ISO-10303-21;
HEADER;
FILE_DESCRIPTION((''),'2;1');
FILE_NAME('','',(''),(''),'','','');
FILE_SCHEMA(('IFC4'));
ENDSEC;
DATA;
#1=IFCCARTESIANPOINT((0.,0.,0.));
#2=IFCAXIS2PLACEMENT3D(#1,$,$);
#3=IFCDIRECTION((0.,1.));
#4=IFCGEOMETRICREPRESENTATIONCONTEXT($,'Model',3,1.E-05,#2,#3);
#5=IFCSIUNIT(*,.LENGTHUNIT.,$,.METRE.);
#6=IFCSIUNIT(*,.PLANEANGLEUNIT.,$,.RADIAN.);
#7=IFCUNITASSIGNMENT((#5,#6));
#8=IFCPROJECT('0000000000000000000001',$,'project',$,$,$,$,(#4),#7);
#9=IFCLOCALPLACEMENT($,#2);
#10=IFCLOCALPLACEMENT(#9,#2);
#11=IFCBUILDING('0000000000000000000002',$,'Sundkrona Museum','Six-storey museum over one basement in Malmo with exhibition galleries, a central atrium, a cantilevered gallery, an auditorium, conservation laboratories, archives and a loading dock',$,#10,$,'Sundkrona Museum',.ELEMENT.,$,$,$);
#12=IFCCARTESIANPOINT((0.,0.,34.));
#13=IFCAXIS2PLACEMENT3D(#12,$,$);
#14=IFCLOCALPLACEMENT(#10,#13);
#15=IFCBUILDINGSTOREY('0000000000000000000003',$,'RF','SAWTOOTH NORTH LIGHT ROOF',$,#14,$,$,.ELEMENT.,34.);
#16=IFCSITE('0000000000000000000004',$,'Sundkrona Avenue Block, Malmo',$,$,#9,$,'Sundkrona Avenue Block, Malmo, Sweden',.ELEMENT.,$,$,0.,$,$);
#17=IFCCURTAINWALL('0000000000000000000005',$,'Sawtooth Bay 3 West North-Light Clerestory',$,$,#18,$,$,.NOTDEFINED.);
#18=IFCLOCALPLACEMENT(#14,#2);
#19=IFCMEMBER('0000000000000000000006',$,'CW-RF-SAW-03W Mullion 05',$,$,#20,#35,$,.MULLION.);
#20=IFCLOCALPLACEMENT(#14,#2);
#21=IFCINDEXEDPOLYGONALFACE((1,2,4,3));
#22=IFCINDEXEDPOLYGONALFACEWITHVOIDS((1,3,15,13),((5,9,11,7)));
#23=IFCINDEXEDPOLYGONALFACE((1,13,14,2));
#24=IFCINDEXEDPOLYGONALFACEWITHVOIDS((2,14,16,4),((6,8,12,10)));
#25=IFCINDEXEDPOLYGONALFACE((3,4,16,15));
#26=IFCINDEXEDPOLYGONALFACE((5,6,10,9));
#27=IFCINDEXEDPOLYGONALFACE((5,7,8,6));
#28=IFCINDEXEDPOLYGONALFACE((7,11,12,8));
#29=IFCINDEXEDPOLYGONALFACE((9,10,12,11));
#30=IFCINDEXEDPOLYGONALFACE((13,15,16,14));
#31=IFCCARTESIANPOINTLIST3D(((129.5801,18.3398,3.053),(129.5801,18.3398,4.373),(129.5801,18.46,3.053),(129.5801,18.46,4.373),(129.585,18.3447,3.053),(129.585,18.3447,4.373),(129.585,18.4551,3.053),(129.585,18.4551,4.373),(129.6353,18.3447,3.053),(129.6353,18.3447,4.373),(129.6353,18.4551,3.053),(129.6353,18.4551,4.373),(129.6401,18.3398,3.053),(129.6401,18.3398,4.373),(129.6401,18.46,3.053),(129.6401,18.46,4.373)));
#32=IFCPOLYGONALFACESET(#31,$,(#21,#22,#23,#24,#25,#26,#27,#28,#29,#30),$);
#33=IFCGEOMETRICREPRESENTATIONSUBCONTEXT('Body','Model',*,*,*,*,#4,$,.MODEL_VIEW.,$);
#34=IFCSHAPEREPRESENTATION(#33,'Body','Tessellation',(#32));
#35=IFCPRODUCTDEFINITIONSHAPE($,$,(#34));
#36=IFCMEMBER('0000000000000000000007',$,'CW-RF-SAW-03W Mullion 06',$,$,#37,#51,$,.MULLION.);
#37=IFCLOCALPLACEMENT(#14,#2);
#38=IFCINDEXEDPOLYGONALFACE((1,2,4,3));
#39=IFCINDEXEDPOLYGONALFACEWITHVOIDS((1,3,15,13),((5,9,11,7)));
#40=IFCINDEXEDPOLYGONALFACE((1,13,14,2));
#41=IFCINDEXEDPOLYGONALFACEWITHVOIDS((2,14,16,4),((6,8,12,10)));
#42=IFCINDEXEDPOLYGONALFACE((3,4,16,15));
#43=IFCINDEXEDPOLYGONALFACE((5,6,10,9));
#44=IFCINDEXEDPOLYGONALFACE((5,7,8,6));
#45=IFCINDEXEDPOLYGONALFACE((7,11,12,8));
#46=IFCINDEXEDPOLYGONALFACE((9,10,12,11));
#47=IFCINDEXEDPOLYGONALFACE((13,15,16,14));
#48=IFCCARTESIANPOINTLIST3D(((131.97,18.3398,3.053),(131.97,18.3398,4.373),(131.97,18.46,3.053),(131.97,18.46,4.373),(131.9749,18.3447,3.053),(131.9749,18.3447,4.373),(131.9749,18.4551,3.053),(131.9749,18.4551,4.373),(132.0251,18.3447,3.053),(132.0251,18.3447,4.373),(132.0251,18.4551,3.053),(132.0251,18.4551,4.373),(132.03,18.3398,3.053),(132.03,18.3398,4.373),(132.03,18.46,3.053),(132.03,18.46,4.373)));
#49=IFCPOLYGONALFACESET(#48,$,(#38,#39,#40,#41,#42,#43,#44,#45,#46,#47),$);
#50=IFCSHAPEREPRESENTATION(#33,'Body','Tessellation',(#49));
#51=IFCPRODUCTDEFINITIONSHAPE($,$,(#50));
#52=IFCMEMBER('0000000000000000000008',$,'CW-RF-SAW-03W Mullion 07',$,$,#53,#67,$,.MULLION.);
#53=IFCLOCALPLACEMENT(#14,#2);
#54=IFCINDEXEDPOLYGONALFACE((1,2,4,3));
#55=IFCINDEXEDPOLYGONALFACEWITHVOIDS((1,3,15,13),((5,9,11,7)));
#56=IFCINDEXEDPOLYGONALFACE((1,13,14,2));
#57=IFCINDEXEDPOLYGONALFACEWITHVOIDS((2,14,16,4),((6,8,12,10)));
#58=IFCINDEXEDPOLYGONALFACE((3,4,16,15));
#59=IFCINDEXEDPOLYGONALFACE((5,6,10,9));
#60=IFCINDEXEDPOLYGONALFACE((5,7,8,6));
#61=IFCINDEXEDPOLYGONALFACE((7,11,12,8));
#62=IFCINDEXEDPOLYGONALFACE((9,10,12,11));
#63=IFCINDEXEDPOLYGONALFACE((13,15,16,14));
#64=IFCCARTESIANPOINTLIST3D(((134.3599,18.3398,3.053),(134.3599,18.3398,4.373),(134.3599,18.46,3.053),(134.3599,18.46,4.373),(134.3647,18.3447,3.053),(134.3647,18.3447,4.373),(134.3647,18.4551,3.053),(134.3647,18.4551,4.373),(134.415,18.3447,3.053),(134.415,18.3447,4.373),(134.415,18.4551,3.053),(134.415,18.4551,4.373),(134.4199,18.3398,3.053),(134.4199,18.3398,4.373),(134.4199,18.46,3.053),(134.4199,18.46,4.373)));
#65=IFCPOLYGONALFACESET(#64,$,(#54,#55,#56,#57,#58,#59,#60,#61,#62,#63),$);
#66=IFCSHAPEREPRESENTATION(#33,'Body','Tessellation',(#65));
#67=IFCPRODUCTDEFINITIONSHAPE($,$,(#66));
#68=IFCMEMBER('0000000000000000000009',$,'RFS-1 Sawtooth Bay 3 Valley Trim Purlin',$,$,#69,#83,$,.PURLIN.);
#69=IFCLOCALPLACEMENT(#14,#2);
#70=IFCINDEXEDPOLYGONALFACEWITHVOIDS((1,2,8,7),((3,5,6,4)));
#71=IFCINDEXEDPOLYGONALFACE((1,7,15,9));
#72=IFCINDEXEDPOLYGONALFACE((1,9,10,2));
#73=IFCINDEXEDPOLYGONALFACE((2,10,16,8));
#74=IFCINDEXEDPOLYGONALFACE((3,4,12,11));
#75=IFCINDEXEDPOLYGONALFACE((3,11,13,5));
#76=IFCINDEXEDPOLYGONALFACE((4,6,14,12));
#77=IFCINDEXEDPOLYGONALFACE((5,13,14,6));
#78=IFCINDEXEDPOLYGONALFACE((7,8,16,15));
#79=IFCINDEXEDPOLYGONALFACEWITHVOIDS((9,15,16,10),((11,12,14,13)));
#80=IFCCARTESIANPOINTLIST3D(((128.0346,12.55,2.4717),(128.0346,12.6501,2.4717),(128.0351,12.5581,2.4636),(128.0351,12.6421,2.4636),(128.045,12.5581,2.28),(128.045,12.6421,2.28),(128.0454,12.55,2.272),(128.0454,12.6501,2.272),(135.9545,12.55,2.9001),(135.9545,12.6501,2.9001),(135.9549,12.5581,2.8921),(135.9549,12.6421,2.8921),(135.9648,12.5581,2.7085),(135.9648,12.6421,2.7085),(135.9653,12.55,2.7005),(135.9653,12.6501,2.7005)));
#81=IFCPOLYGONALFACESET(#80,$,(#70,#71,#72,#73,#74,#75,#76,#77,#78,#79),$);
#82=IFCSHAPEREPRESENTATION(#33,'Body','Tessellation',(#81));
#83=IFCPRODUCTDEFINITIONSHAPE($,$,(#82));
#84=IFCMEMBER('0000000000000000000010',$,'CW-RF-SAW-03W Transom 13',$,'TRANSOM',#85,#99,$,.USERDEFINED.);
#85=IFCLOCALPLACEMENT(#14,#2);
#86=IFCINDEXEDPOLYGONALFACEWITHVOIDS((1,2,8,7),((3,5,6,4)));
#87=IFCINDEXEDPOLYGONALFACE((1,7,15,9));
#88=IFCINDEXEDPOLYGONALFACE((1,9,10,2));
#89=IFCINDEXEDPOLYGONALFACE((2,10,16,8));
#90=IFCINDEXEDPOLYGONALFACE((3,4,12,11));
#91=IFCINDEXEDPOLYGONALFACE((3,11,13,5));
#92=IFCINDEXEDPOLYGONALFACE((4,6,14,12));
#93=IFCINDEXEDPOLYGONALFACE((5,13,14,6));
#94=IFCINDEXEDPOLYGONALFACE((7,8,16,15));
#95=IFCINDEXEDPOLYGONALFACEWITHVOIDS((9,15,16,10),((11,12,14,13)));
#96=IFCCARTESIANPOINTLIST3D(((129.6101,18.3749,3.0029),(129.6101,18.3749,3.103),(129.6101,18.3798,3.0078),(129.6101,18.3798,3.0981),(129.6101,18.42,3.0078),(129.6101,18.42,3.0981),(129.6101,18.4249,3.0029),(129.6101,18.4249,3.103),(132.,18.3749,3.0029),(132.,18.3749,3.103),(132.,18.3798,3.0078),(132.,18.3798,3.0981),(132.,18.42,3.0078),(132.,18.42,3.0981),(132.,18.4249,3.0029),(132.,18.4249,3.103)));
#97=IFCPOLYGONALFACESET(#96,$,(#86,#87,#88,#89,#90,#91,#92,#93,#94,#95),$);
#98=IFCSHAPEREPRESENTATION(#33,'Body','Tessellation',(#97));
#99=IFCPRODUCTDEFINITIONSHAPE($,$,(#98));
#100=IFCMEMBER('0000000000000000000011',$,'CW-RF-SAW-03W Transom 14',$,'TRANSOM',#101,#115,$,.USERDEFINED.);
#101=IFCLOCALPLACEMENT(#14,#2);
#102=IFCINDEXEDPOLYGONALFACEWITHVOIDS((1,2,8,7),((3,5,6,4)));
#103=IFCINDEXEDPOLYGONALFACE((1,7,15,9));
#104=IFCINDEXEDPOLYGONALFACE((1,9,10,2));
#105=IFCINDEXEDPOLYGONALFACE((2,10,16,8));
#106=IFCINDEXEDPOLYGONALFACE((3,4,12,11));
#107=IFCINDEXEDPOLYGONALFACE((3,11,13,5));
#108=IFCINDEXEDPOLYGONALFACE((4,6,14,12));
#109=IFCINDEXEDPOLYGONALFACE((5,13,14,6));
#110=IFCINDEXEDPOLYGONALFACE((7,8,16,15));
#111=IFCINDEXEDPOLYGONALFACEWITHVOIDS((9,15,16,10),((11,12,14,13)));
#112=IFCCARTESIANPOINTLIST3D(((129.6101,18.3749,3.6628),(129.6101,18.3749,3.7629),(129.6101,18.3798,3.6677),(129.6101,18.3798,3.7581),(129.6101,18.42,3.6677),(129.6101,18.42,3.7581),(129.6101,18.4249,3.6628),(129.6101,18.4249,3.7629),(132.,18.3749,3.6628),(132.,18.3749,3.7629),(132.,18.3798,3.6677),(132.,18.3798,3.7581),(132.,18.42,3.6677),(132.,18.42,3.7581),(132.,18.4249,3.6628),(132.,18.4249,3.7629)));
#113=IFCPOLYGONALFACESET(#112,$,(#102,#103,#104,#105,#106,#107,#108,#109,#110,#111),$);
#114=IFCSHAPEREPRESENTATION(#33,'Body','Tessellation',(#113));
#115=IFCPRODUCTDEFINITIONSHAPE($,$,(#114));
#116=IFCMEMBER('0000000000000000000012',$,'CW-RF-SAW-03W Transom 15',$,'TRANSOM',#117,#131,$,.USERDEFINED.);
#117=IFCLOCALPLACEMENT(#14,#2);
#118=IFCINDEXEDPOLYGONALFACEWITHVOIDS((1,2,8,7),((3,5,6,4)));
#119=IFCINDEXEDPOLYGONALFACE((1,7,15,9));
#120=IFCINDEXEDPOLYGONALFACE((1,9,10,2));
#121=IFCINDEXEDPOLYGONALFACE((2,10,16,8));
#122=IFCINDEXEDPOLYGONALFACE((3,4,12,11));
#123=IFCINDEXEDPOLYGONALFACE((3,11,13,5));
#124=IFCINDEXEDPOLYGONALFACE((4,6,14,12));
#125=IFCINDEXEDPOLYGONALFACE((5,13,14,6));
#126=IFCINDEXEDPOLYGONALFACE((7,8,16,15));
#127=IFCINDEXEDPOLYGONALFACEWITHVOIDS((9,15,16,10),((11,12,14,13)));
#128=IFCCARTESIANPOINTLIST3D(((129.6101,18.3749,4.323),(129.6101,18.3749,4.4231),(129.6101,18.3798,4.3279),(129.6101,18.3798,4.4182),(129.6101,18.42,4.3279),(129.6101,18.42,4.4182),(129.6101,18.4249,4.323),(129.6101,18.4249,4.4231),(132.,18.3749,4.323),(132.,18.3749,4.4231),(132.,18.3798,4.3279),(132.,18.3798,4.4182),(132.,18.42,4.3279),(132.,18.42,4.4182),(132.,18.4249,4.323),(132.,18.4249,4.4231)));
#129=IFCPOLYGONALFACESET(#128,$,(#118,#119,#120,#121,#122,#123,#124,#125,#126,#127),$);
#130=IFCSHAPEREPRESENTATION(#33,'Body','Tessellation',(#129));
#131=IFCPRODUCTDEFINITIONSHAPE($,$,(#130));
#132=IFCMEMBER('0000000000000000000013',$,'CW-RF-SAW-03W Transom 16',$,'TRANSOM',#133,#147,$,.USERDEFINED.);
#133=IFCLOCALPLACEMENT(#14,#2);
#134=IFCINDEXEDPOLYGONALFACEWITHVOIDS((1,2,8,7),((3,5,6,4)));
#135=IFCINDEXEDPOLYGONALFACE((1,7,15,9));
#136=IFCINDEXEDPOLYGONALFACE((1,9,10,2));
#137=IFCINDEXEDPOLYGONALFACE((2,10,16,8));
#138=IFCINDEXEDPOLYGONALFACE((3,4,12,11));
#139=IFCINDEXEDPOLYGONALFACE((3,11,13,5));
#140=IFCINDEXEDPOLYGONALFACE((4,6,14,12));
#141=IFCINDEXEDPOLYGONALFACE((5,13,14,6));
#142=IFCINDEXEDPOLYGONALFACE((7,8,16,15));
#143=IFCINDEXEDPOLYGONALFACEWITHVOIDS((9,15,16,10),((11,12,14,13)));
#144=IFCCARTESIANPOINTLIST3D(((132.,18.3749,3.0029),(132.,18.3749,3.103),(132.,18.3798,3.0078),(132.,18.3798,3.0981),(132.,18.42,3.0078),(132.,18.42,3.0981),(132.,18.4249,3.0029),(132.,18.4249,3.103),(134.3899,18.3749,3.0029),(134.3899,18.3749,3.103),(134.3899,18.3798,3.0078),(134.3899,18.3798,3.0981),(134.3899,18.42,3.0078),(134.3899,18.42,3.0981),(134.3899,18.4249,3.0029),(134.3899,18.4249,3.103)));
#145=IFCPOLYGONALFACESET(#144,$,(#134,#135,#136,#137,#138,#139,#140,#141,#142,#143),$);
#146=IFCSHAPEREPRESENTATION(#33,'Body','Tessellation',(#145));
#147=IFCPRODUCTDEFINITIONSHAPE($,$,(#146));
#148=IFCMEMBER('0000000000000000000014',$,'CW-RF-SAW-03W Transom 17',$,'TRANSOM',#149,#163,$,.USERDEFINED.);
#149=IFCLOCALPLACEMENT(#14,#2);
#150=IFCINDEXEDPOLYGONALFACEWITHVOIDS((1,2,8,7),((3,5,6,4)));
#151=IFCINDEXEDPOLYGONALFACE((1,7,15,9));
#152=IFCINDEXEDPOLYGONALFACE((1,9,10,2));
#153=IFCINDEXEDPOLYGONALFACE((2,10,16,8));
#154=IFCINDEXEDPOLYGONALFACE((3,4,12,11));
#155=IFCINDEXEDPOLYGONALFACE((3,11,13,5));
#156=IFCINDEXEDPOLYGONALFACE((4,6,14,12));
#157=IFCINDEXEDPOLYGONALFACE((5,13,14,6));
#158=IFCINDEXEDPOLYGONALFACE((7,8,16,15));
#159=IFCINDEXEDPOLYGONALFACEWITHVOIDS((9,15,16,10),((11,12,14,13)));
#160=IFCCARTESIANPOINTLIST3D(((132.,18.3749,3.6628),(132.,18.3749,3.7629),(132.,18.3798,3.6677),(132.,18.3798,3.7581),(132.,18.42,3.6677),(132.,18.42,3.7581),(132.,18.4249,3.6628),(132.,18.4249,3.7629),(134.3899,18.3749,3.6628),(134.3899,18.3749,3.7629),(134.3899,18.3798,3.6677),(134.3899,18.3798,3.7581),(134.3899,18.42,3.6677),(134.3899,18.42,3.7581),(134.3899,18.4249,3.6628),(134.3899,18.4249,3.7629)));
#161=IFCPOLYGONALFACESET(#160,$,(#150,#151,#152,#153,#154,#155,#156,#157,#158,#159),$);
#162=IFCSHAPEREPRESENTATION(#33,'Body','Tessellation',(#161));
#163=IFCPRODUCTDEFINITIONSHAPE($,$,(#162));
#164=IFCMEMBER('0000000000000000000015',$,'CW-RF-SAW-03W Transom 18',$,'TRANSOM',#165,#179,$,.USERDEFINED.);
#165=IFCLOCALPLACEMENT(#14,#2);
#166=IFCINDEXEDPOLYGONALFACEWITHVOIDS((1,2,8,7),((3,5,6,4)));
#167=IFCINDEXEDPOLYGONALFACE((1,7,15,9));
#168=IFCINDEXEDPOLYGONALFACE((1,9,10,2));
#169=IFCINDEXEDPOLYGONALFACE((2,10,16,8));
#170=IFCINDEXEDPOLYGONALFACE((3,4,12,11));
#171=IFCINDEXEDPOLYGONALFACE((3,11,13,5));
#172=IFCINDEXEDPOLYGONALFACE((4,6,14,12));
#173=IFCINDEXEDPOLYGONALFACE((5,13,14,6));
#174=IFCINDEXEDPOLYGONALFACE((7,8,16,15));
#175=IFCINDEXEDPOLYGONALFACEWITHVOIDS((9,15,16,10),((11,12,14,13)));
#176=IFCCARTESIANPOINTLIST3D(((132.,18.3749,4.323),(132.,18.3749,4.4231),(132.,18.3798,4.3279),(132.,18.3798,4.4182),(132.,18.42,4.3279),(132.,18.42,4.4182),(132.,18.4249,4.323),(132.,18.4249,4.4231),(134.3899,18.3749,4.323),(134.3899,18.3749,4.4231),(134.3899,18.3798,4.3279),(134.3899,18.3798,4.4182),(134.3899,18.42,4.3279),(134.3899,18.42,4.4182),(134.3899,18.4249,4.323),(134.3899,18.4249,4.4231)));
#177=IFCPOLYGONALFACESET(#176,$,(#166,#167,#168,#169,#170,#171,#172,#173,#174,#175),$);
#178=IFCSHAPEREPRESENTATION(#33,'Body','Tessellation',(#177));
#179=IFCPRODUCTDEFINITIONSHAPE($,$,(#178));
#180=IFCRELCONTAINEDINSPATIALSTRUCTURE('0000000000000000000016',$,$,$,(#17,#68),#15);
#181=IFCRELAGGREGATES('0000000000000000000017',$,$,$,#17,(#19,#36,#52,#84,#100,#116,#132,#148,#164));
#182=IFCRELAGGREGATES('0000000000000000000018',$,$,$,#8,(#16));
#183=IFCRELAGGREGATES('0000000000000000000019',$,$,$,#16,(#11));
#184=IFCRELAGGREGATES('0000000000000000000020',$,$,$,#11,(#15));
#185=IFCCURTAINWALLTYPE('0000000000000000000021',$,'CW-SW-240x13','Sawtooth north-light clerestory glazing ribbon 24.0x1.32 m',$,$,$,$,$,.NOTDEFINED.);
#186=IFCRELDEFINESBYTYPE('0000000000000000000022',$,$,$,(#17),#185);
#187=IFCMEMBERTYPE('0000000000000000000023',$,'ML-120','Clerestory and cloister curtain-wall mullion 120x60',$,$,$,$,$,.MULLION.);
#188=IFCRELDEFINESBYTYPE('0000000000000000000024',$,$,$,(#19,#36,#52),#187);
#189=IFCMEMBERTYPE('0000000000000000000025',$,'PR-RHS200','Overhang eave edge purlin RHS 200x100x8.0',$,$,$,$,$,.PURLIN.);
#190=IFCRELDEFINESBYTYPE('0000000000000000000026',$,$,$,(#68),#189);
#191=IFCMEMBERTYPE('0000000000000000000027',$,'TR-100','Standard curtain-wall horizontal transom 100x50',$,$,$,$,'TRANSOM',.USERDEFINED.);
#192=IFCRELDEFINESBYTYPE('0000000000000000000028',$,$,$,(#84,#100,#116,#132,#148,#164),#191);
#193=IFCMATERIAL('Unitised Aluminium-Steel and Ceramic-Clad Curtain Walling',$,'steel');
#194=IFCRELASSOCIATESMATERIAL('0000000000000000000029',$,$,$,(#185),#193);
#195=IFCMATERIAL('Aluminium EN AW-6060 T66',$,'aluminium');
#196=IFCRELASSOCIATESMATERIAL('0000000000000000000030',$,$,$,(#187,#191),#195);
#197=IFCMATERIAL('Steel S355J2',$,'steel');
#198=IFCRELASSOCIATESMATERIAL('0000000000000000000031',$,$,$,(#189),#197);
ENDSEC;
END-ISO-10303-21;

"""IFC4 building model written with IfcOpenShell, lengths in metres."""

from ifc_helpers import new_model, si_unit, direction, frame, origin, origin_2d, place, context, subcontext, project, spatial, hollow_rectangle, extrude, material, material_profile, profile_set, type_object, element, aggregate, save


model = new_model("IFC4")

# Units and contexts
model_context = context("Model", 3, precision=1e-05, world=origin(), true_north=direction((0.0, 1.0)))
body_context = subcontext(model_context, "Body", "Model", "MODEL_VIEW")
ifc_project = project(units=[si_unit("LENGTHUNIT", "METRE"), si_unit("PLANEANGLEUNIT", "RADIAN")], contexts=[model_context])

# Site, building, storey
site_placement = place(None, origin())
site = spatial("IfcSite", under=ifc_project, at=site_placement, Name="Sundkrona Avenue Block, Malmo", LongName="Sundkrona Avenue Block, Malmo, Sweden", CompositionType="ELEMENT", RefElevation=0.0)
building_placement = place(site_placement, origin())
building = spatial("IfcBuilding", under=site, at=building_placement, Name="Sundkrona Museum", Description="Six-storey museum over one basement in Malmo with exhibition galleries, a central atrium, a cantilevered gallery, an auditorium, conservation laboratories, archives and a loading dock", LongName="Sundkrona Museum", CompositionType="ELEMENT")
storey_placement = place(building_placement, frame((0.0, 0.0, 34.0)))
storey = spatial("IfcBuildingStorey", under=building, at=storey_placement, Name="RF", Description="SAWTOOTH NORTH LIGHT ROOF", CompositionType="ELEMENT", Elevation=34.0)

# Curtain wall, members
ifc_material_1 = material(Name="Unitised Aluminium-Steel and Ceramic-Clad Curtain Walling", Category="steel")
curtain_wall_type = type_object("IfcCurtainWallType", Name="CW-SW-240x13", Description="Sawtooth north-light clerestory glazing ribbon 24.0x1.32 m", PredefinedType="NOTDEFINED", material=ifc_material_1)
curtain_wall_placement = place(storey_placement, origin())
curtain_wall = element("IfcCurtainWall", 1, at=curtain_wall_placement, inside=storey, type_object=curtain_wall_type, Name="Sawtooth Bay 3 West North-Light Clerestory", PredefinedType="NOTDEFINED")
ifc_material_2 = material(Name="Aluminium EN AW-6060 T66", Category="aluminium")
ifc_material_profile_1 = material_profile(ifc_material_2, hollow_rectangle(XDim=0.0601, YDim=0.1201, WallThickness=0.0049, at=origin_2d()), Name="RHS 120x60x5.0")
ifc_profile_set_1 = profile_set([ifc_material_profile_1], Name="Aluminium EN AW-6060 T66")
member_type_1 = type_object("IfcMemberType", Name="ML-120", Description="Clerestory and cloister curtain-wall mullion 120x60", PredefinedType="MULLION", material=ifc_profile_set_1)
member_1_placement = place(storey_placement, frame((129.6101, 18.3999, 3.053), z_axis=(0.0, 0.0, 1.0), x_axis=(1.0, 0.0, 0.0)))
member_1 = element("IfcMember", 2, at=member_1_placement, type_object=member_type_1, Name="CW-RF-SAW-03W Mullion 05", PredefinedType="MULLION", context=body_context, shape_type="SweptSolid", body=[
    extrude(hollow_rectangle(XDim=0.0601, YDim=0.1201, WallThickness=0.0049, at=origin_2d()), origin(), (0.0, 0.0, 1.0), 1.3201),
])
member_2_placement = place(storey_placement, frame((132.0, 18.3999, 3.053), z_axis=(0.0, 0.0, 1.0), x_axis=(1.0, 0.0, 0.0)))
member_2 = element("IfcMember", 3, at=member_2_placement, type_object=member_type_1, Name="CW-RF-SAW-03W Mullion 06", PredefinedType="MULLION", context=body_context, shape_type="SweptSolid", body=[
    extrude(hollow_rectangle(XDim=0.0601, YDim=0.1201, WallThickness=0.0049, at=origin_2d()), origin(), (0.0, 0.0, 1.0), 1.3201),
])
member_3_placement = place(storey_placement, frame((134.3899, 18.3999, 3.053), z_axis=(0.0, 0.0, 1.0), x_axis=(1.0, 0.0, 0.0)))
member_3 = element("IfcMember", 4, at=member_3_placement, type_object=member_type_1, Name="CW-RF-SAW-03W Mullion 07", PredefinedType="MULLION", context=body_context, shape_type="SweptSolid", body=[
    extrude(hollow_rectangle(XDim=0.0601, YDim=0.1201, WallThickness=0.0049, at=origin_2d()), origin(), (0.0, 0.0, 1.0), 1.3201),
])

# Members
ifc_material_3 = material(Name="Steel S355J2", Category="steel")
ifc_material_profile_2 = material_profile(ifc_material_3, hollow_rectangle(XDim=0.1001, YDim=0.2, WallThickness=0.0081, at=origin_2d()), Name="RHS 200x100x8.0")
ifc_profile_set_2 = profile_set([ifc_material_profile_2], Name="Steel S355J2")
member_type_2 = type_object("IfcMemberType", Name="PR-RHS200", Description="Overhang eave edge purlin RHS 200x100x8.0", PredefinedType="PURLIN", material=ifc_profile_set_2)
member_4_placement = place(storey_placement, frame((128.04, 12.6001, 2.3718), z_axis=(0.99854, 0.0, 0.054021), x_axis=(0.0, 1.0, 0.0)))
element("IfcMember", 5, at=member_4_placement, inside=storey, type_object=member_type_2, Name="RFS-1 Sawtooth Bay 3 Valley Trim Purlin", PredefinedType="PURLIN", context=body_context, shape_type="SweptSolid", body=[
    extrude(hollow_rectangle(XDim=0.1001, YDim=0.2, WallThickness=0.0081, at=origin_2d()), origin(), (0.0, 0.0, 1.0), 7.9314),
])
ifc_material_profile_3 = material_profile(ifc_material_2, hollow_rectangle(XDim=0.05, YDim=0.1001, WallThickness=0.0049, at=origin_2d()), Name="RHS 100x50x5.0")
ifc_profile_set_3 = profile_set([ifc_material_profile_3], Name="Aluminium EN AW-6060 T66")
member_type_3 = type_object("IfcMemberType", Name="TR-100", Description="Standard curtain-wall horizontal transom 100x50", ElementType="TRANSOM", PredefinedType="USERDEFINED", material=ifc_profile_set_3)
member_5_placement = place(storey_placement, frame((129.6101, 18.3999, 3.053), z_axis=(1.0, 0.0, 0.0), x_axis=(0.0, 1.0, 0.0)))
member_5 = element("IfcMember", 6, at=member_5_placement, type_object=member_type_3, Name="CW-RF-SAW-03W Transom 13", ObjectType="TRANSOM", PredefinedType="USERDEFINED", context=body_context, shape_type="SweptSolid", body=[
    extrude(hollow_rectangle(XDim=0.05, YDim=0.1001, WallThickness=0.0049, at=origin_2d()), origin(), (0.0, 0.0, 1.0), 2.3899),
])
member_6_placement = place(storey_placement, frame((129.6101, 18.3999, 3.7129), z_axis=(1.0, 0.0, 0.0), x_axis=(0.0, 1.0, 0.0)))
member_6 = element("IfcMember", 7, at=member_6_placement, type_object=member_type_3, Name="CW-RF-SAW-03W Transom 14", ObjectType="TRANSOM", PredefinedType="USERDEFINED", context=body_context, shape_type="SweptSolid", body=[
    extrude(hollow_rectangle(XDim=0.05, YDim=0.1001, WallThickness=0.0049, at=origin_2d()), origin(), (0.0, 0.0, 1.0), 2.3899),
])
member_7_placement = place(storey_placement, frame((129.6101, 18.3999, 4.373), z_axis=(1.0, 0.0, 0.0), x_axis=(0.0, 1.0, 0.0)))
member_7 = element("IfcMember", 8, at=member_7_placement, type_object=member_type_3, Name="CW-RF-SAW-03W Transom 15", ObjectType="TRANSOM", PredefinedType="USERDEFINED", context=body_context, shape_type="SweptSolid", body=[
    extrude(hollow_rectangle(XDim=0.05, YDim=0.1001, WallThickness=0.0049, at=origin_2d()), origin(), (0.0, 0.0, 1.0), 2.3899),
])
member_8_placement = place(storey_placement, frame((132.0, 18.3999, 3.053), z_axis=(1.0, 0.0, 0.0), x_axis=(0.0, 1.0, 0.0)))
member_8 = element("IfcMember", 9, at=member_8_placement, type_object=member_type_3, Name="CW-RF-SAW-03W Transom 16", ObjectType="TRANSOM", PredefinedType="USERDEFINED", context=body_context, shape_type="SweptSolid", body=[
    extrude(hollow_rectangle(XDim=0.05, YDim=0.1001, WallThickness=0.0049, at=origin_2d()), origin(), (0.0, 0.0, 1.0), 2.3899),
])
member_9_placement = place(storey_placement, frame((132.0, 18.3999, 3.7129), z_axis=(1.0, 0.0, 0.0), x_axis=(0.0, 1.0, 0.0)))
member_9 = element("IfcMember", 10, at=member_9_placement, type_object=member_type_3, Name="CW-RF-SAW-03W Transom 17", ObjectType="TRANSOM", PredefinedType="USERDEFINED", context=body_context, shape_type="SweptSolid", body=[
    extrude(hollow_rectangle(XDim=0.05, YDim=0.1001, WallThickness=0.0049, at=origin_2d()), origin(), (0.0, 0.0, 1.0), 2.3899),
])
member_10_placement = place(storey_placement, frame((132.0, 18.3999, 4.373), z_axis=(1.0, 0.0, 0.0), x_axis=(0.0, 1.0, 0.0)))
member_10 = element("IfcMember", 11, at=member_10_placement, type_object=member_type_3, Name="CW-RF-SAW-03W Transom 18", ObjectType="TRANSOM", PredefinedType="USERDEFINED", context=body_context, shape_type="SweptSolid", body=[
    extrude(hollow_rectangle(XDim=0.05, YDim=0.1001, WallThickness=0.0049, at=origin_2d()), origin(), (0.0, 0.0, 1.0), 2.3899),
])

aggregate(curtain_wall, [member_1, member_2, member_3, member_5, member_6, member_7, member_8, member_9, member_10])

save(model, "model.ifc")
